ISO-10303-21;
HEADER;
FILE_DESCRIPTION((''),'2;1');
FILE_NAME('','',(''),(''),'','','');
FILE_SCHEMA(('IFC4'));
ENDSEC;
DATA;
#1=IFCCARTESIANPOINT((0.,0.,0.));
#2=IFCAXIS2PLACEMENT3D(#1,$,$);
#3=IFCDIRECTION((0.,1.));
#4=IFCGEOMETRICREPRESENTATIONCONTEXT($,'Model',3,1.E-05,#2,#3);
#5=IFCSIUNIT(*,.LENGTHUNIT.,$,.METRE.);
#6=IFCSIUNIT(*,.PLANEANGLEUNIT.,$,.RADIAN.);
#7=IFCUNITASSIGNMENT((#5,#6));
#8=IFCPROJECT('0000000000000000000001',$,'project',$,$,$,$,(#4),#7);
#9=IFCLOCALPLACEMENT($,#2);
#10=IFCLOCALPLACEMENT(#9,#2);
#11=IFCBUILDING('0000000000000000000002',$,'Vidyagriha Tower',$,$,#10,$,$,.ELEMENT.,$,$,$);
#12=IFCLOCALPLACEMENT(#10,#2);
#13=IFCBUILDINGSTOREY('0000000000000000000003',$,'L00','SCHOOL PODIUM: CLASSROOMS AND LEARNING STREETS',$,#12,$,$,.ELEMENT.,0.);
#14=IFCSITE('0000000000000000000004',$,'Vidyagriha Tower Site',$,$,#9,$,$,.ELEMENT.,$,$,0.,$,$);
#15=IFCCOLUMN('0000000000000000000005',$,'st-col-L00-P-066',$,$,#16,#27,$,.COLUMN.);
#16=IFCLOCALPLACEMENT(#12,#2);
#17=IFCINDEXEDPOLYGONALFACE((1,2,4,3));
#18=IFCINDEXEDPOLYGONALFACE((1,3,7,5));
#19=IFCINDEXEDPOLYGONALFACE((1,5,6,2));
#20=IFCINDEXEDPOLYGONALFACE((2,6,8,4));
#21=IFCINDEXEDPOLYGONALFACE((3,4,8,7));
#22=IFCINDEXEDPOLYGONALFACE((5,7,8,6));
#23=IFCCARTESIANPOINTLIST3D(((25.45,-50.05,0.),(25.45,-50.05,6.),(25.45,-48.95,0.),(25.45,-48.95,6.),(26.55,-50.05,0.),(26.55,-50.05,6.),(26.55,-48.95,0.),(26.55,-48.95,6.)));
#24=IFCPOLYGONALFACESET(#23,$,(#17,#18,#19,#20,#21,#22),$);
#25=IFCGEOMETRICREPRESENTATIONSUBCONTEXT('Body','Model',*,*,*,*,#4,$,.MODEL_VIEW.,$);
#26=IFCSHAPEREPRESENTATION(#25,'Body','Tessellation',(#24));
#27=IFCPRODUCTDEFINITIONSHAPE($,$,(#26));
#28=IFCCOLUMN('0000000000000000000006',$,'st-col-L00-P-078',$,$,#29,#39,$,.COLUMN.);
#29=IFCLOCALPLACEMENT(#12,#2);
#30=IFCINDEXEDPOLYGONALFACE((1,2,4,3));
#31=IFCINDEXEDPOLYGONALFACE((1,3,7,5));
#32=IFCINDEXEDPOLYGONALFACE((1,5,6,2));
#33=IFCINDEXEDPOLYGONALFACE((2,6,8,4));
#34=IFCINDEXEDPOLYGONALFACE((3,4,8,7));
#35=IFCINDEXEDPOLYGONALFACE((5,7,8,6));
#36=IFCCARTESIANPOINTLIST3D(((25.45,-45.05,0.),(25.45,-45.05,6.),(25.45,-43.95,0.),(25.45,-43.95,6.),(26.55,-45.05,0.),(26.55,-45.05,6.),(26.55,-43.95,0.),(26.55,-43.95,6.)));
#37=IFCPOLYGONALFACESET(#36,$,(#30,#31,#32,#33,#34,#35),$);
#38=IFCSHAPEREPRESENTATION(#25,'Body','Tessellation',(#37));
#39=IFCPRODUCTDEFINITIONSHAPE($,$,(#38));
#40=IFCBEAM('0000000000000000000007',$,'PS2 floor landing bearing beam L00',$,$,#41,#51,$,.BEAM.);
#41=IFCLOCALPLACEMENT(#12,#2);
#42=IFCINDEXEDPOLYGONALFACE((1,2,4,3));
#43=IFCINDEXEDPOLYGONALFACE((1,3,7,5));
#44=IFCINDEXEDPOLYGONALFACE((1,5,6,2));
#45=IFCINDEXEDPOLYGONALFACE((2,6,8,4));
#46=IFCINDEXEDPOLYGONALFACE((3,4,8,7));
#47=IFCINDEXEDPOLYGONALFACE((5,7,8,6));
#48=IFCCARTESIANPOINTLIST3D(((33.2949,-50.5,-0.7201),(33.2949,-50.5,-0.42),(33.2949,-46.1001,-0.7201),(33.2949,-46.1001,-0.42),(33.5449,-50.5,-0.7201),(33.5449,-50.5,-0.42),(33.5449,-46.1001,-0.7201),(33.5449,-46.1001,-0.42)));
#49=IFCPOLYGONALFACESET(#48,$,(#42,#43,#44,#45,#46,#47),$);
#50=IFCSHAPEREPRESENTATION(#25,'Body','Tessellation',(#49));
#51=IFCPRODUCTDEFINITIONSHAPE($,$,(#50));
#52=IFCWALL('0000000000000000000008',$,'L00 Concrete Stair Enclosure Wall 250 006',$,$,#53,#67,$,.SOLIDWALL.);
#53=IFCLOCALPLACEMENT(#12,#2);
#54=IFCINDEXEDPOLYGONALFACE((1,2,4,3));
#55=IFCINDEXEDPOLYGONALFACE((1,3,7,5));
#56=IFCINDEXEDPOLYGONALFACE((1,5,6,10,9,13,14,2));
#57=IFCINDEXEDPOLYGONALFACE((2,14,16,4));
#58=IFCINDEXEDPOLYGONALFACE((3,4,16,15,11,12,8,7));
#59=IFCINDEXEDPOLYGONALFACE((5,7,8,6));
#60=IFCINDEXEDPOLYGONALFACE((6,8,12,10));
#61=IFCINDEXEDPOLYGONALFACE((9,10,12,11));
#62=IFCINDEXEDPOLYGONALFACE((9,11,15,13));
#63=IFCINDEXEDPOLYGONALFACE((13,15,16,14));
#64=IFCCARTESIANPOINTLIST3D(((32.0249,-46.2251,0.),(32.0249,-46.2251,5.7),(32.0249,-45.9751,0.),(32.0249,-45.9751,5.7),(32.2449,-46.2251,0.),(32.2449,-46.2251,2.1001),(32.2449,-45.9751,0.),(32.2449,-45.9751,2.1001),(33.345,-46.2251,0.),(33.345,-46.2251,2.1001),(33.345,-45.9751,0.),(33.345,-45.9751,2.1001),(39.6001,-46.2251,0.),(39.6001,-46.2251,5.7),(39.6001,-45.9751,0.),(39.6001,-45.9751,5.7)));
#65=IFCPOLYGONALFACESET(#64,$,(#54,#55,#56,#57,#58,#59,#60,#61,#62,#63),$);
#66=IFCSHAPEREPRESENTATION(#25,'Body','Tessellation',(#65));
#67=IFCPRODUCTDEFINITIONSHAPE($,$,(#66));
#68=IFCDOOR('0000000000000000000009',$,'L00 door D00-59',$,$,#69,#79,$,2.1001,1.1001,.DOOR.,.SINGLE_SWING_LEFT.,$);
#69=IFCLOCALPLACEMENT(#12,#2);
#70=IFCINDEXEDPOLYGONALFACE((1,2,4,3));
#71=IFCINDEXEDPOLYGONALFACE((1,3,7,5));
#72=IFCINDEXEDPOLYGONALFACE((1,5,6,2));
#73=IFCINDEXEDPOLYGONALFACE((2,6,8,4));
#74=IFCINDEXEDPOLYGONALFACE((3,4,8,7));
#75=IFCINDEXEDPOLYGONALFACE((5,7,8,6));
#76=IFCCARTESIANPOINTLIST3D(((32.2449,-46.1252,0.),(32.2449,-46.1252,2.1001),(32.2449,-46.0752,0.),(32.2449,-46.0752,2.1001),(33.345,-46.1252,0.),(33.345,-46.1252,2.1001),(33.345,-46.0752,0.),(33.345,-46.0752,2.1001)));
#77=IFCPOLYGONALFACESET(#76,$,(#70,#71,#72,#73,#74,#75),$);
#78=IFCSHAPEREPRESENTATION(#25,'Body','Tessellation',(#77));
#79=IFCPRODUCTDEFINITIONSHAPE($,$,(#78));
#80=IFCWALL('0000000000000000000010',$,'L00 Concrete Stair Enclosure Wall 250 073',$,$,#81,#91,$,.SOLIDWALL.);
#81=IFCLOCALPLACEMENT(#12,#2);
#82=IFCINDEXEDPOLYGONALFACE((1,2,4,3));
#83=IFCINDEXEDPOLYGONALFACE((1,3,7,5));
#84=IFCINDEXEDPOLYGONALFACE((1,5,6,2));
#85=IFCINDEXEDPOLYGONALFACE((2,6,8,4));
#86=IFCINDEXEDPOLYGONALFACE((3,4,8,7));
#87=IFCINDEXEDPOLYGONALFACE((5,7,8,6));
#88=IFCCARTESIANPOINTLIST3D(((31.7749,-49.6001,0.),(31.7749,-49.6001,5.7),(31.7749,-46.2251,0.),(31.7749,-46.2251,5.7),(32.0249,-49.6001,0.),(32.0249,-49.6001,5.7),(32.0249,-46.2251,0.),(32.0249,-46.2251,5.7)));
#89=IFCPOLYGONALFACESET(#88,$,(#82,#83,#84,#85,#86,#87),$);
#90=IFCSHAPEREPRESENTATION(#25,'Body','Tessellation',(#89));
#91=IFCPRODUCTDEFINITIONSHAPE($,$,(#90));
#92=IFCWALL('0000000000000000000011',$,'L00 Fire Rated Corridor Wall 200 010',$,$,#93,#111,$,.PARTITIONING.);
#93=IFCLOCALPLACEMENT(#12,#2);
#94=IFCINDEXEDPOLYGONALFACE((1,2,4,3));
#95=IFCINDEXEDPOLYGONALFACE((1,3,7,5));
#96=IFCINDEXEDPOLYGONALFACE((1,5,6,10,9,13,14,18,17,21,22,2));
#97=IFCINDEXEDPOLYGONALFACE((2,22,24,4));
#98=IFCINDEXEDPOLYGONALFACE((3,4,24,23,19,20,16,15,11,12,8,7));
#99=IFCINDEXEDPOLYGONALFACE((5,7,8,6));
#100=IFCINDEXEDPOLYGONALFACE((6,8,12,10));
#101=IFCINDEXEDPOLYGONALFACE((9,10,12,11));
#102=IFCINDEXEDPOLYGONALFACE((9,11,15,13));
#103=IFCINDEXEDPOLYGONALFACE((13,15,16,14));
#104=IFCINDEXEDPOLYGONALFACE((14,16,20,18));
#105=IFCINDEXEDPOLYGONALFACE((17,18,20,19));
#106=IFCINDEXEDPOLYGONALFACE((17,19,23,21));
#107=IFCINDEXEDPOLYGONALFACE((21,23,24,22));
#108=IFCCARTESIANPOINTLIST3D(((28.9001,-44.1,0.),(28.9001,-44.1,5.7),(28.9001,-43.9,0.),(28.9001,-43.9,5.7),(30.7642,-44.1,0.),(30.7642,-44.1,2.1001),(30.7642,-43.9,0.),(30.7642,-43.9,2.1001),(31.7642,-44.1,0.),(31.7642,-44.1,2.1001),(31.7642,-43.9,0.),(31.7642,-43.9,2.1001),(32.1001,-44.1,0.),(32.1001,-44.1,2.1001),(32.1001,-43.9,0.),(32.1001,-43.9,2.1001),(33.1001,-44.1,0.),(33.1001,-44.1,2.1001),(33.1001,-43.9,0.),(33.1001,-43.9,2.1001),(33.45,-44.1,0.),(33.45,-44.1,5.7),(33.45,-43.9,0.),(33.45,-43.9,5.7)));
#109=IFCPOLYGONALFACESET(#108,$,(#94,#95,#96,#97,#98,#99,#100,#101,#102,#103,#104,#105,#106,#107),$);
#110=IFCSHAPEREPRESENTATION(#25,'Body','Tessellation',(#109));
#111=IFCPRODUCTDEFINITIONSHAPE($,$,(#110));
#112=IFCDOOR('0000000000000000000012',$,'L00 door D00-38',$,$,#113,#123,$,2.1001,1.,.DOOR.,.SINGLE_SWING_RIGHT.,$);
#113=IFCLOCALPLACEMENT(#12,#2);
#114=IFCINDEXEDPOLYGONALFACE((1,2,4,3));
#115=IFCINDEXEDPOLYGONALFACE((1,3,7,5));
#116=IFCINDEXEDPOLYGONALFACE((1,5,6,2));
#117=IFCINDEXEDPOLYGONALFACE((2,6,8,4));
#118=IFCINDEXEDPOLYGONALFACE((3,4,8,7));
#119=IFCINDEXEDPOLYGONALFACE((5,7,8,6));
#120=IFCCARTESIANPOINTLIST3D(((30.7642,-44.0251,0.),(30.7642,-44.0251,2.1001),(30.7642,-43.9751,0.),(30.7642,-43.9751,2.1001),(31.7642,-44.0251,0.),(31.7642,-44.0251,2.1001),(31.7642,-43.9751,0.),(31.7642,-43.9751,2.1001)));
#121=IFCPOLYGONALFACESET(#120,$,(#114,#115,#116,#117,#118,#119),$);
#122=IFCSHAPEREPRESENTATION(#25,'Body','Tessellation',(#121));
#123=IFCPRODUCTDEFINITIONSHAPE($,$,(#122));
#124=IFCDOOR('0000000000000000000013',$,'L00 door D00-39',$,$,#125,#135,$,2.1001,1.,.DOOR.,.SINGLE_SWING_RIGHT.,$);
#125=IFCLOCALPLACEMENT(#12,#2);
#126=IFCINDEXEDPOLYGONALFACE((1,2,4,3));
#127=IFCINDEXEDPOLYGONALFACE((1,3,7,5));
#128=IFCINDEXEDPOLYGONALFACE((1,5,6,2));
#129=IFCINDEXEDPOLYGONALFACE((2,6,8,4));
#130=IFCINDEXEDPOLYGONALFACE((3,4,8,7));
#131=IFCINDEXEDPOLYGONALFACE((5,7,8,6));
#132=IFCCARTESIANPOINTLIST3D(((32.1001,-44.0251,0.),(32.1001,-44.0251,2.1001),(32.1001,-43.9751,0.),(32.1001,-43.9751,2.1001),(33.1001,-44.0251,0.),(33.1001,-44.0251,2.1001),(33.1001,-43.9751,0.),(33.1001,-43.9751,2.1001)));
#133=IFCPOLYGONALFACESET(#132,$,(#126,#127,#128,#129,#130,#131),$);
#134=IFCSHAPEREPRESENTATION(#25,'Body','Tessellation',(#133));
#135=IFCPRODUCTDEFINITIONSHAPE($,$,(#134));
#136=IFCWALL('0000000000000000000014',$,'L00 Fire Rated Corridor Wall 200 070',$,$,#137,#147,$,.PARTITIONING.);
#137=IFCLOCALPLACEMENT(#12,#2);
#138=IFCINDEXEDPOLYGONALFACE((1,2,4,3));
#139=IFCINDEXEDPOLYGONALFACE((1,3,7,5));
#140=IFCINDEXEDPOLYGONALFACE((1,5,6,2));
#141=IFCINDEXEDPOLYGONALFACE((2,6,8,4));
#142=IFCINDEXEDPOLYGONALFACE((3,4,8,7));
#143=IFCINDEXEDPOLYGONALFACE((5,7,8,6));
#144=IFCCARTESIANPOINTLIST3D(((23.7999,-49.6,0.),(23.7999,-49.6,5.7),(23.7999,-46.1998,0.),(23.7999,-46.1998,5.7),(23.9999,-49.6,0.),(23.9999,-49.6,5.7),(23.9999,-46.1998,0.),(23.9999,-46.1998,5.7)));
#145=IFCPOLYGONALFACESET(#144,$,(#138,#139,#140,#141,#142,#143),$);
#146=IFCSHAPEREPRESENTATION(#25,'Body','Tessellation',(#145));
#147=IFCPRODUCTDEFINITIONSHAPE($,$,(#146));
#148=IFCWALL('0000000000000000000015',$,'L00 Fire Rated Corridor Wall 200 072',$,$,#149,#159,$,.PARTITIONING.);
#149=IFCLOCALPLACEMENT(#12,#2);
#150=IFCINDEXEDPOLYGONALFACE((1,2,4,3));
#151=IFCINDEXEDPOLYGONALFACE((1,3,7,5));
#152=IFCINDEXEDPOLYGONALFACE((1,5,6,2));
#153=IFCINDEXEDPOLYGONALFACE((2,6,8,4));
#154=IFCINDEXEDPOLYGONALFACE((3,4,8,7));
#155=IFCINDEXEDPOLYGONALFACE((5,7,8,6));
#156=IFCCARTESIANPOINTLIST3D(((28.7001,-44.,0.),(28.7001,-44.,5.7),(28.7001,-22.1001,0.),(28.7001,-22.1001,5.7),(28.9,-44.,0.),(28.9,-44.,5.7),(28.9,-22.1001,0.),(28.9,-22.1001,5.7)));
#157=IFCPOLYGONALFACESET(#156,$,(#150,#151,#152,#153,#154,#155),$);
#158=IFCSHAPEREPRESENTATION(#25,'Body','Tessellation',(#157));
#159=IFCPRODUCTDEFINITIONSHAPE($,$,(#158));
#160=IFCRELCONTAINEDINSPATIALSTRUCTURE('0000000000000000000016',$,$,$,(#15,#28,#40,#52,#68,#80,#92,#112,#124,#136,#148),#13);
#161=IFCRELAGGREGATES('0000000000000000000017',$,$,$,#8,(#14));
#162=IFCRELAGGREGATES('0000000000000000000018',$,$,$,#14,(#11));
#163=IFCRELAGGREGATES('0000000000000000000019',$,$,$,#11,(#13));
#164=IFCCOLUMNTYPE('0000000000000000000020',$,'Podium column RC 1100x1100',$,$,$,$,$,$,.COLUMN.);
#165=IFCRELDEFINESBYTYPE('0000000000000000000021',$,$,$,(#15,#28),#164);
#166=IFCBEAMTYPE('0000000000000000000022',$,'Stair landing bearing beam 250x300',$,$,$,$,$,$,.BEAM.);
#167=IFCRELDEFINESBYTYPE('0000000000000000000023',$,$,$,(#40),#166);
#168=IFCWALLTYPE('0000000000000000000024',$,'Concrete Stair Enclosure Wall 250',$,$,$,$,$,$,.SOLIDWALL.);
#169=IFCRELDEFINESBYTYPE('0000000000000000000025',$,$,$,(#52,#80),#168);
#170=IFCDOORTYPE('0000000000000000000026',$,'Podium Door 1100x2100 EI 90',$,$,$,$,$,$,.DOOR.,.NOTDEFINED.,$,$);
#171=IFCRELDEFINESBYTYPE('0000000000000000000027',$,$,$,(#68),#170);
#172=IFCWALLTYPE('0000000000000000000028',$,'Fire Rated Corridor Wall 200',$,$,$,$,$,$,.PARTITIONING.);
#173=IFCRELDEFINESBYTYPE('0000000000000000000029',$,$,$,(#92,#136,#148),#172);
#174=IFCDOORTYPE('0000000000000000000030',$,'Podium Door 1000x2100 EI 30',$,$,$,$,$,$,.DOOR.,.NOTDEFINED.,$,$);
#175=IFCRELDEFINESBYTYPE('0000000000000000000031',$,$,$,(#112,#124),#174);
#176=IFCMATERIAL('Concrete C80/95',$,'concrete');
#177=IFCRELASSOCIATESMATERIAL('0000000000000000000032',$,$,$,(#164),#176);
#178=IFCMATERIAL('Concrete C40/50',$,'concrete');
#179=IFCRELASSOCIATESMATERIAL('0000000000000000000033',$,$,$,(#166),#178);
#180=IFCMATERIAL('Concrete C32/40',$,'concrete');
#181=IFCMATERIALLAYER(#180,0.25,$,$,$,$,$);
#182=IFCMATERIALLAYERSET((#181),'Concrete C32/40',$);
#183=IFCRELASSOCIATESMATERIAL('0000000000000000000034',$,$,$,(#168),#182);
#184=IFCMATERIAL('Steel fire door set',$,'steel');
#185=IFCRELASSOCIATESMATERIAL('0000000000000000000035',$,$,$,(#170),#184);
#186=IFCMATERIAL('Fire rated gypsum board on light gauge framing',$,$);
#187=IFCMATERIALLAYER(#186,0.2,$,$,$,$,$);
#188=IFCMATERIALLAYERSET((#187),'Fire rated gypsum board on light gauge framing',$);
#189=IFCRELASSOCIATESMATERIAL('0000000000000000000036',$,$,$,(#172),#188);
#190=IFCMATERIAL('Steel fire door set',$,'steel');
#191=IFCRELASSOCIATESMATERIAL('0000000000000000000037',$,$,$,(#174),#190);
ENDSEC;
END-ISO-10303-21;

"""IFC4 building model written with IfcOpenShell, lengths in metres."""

from ifc_helpers import new_model, si_unit, direction, frame, frame_2d, origin, origin_2d, place, context, subcontext, project, spatial, rectangle, extrude, material, layer, layer_set, material_profile, profile_set, type_object, element, fill, save


model = new_model("IFC4")

# Units and contexts
model_context = context("Model", 3, precision=1e-05, world=origin(), true_north=direction((0.0, 1.0)))
body_context = subcontext(model_context, "Body", "Model", "MODEL_VIEW")
ifc_project = project(units=[si_unit("LENGTHUNIT", "METRE"), si_unit("PLANEANGLEUNIT", "RADIAN")], contexts=[model_context])

# Site, building, storey
site_placement = place(None, origin())
site = spatial("IfcSite", under=ifc_project, at=site_placement, Name="Vidyagriha Tower Site", CompositionType="ELEMENT", RefElevation=0.0)
building_placement = place(site_placement, origin())
building = spatial("IfcBuilding", under=site, at=building_placement, Name="Vidyagriha Tower", CompositionType="ELEMENT")
storey_placement = place(building_placement, origin())
storey = spatial("IfcBuildingStorey", under=building, at=storey_placement, Name="L00", Description="SCHOOL PODIUM: CLASSROOMS AND LEARNING STREETS", CompositionType="ELEMENT", Elevation=0.0)

# Columns
ifc_material_1 = material(Name="Concrete C80/95", Category="concrete")
ifc_material_profile_1 = material_profile(ifc_material_1, rectangle(XDim=1.1001, YDim=1.1001, at=origin_2d()), Name="RC 1100x1100")
ifc_profile_set_1 = profile_set([ifc_material_profile_1], Name="Concrete C80/95")
column_type = type_object("IfcColumnType", Name="Podium column RC 1100x1100", PredefinedType="COLUMN", material=ifc_profile_set_1)
for number, where, name in (
    (1, (26.0, -49.5, 0.0), "st-col-L00-P-066"),
    (2, (26.0, -44.5, 0.0), "st-col-L00-P-078"),
):
    element("IfcColumn", number, at=place(storey_placement, frame(where)), inside=storey, type_object=column_type, Name=name, PredefinedType="COLUMN", context=body_context, shape_type="SweptSolid", body=[
        extrude(rectangle(XDim=1.1001, YDim=1.1001, at=origin_2d()), origin(), (0.0, 0.0, 1.0), 6.0),
    ])

# Beam
ifc_material_2 = material(Name="Concrete C40/50", Category="concrete")
ifc_material_profile_2 = material_profile(ifc_material_2, rectangle(XDim=0.25, YDim=0.3, at=origin_2d()), Name="Stair landing bearing beam 250x300")
ifc_profile_set_2 = profile_set([ifc_material_profile_2], Name="Concrete C40/50")
beam_type = type_object("IfcBeamType", Name="Stair landing bearing beam 250x300", PredefinedType="BEAM", material=ifc_profile_set_2)
beam_placement = place(storey_placement, frame((33.4199, -50.5, -0.5701), z_axis=(0.0, 1.0, 0.0), x_axis=(-1.0, 0.0, 0.0)))
element("IfcBeam", 3, at=beam_placement, inside=storey, type_object=beam_type, Name="PS2 floor landing bearing beam L00", PredefinedType="BEAM", context=body_context, shape_type="SweptSolid", body=[
    extrude(rectangle(XDim=0.25, YDim=0.3, at=origin_2d()), origin(), (0.0, 0.0, 1.0), 4.3999),
])

# Wall, opening, door
ifc_material_3 = material(Name="Concrete C32/40", Category="concrete")
ifc_layer_1 = layer(ifc_material_3, 0.25)
ifc_layer_set_1 = layer_set([ifc_layer_1], Name="Concrete C32/40")
wall_type_1 = type_object("IfcWallType", Name="Concrete Stair Enclosure Wall 250", PredefinedType="SOLIDWALL", material=ifc_layer_set_1)
wall_1_placement = place(storey_placement, frame((32.0249, -46.1001, 0.0)))
wall_1 = element("IfcWall", 4, at=wall_1_placement, inside=storey, type_object=wall_type_1, Name="L00 Concrete Stair Enclosure Wall 250 006", PredefinedType="SOLIDWALL", context=body_context, shape_type="SweptSolid", body=[
    extrude(rectangle(XDim=7.5752, YDim=0.25, at=frame_2d((3.7876, 0.0))), origin(), (0.0, 0.0, 1.0), 5.7),
])
opening_1_placement = place(wall_1_placement, frame((0.22, 0.0, 0.0)))
opening_1 = element("IfcOpeningElement", 5, at=opening_1_placement, cuts=wall_1, PredefinedType="OPENING", context=body_context, shape_type="SweptSolid", body=[
    extrude(rectangle(XDim=1.1001, YDim=2.1001, at=frame_2d((0.55, 1.05))), frame((0.0, 0.135, 0.0), z_axis=(0.0, -1.0, 0.0), x_axis=(1.0, 0.0, 0.0)), (0.0, 0.0, 1.0), 0.27),
])
ifc_material_4 = material(Name="Steel fire door set", Category="steel")
door_type_1 = type_object("IfcDoorType", Name="Podium Door 1100x2100 EI 90", OperationType="NOTDEFINED", PredefinedType="DOOR", material=ifc_material_4)
door_1_placement = place(opening_1_placement, origin())
door_1 = element("IfcDoor", 6, at=door_1_placement, inside=storey, type_object=door_type_1, Name="L00 door D00-59", OperationType="SINGLE_SWING_LEFT", OverallHeight=2.1001, OverallWidth=1.1001, PredefinedType="DOOR", context=body_context, shape_type="SweptSolid", body=[
    extrude(rectangle(XDim=1.1001, YDim=2.1001, at=frame_2d((0.55, 1.05))), frame((0.0, 0.0249, 0.0), z_axis=(0.0, -1.0, 0.0), x_axis=(1.0, 0.0, 0.0)), (0.0, 0.0, 1.0), 0.05),
])
fill(opening_1, door_1)

# Wall
wall_2_placement = place(storey_placement, frame((31.8999, -49.6001, 0.0), z_axis=(0.0, 0.0, 1.0), x_axis=(0.0, 1.0, 0.0)))
element("IfcWall", 7, at=wall_2_placement, inside=storey, type_object=wall_type_1, Name="L00 Concrete Stair Enclosure Wall 250 073", PredefinedType="SOLIDWALL", context=body_context, shape_type="SweptSolid", body=[
    extrude(rectangle(XDim=3.375, YDim=0.25, at=frame_2d((1.6875, 0.0))), origin(), (0.0, 0.0, 1.0), 5.7),
])

# Wall, openings, doors
ifc_material_5 = material(Name="Fire rated gypsum board on light gauge framing")
ifc_layer_2 = layer(ifc_material_5, 0.2)
ifc_layer_set_2 = layer_set([ifc_layer_2], Name="Fire rated gypsum board on light gauge framing")
wall_type_2 = type_object("IfcWallType", Name="Fire Rated Corridor Wall 200", PredefinedType="PARTITIONING", material=ifc_layer_set_2)
wall_3_placement = place(storey_placement, frame((28.9001, -44.0, 0.0)))
wall_3 = element("IfcWall", 8, at=wall_3_placement, inside=storey, type_object=wall_type_2, Name="L00 Fire Rated Corridor Wall 200 010", PredefinedType="PARTITIONING", context=body_context, shape_type="SweptSolid", body=[
    extrude(rectangle(XDim=4.5498, YDim=0.2, at=frame_2d((2.2749, 0.0))), origin(), (0.0, 0.0, 1.0), 5.7),
])
opening_2_placement = place(wall_3_placement, frame((1.864, 0.0, 0.0)))
opening_2 = element("IfcOpeningElement", 9, at=opening_2_placement, cuts=wall_3, PredefinedType="OPENING", context=body_context, shape_type="SweptSolid", body=[
    extrude(rectangle(XDim=1.0, YDim=2.1001, at=frame_2d((0.5, 1.05))), frame((0.0, 0.1099, 0.0), z_axis=(0.0, -1.0, 0.0), x_axis=(1.0, 0.0, 0.0)), (0.0, 0.0, 1.0), 0.22),
])
opening_3_placement = place(wall_3_placement, frame((3.2, 0.0, 0.0)))
opening_3 = element("IfcOpeningElement", 10, at=opening_3_placement, cuts=wall_3, PredefinedType="OPENING", context=body_context, shape_type="SweptSolid", body=[
    extrude(rectangle(XDim=1.0, YDim=2.1001, at=frame_2d((0.5, 1.05))), frame((0.0, 0.1099, 0.0), z_axis=(0.0, -1.0, 0.0), x_axis=(1.0, 0.0, 0.0)), (0.0, 0.0, 1.0), 0.22),
])
ifc_material_6 = material(Name="Steel fire door set", Category="steel")
door_type_2 = type_object("IfcDoorType", Name="Podium Door 1000x2100 EI 30", OperationType="NOTDEFINED", PredefinedType="DOOR", material=ifc_material_6)
door_2_placement = place(opening_2_placement, origin())
door_2 = element("IfcDoor", 11, at=door_2_placement, inside=storey, type_object=door_type_2, Name="L00 door D00-38", OperationType="SINGLE_SWING_RIGHT", OverallHeight=2.1001, OverallWidth=1.0, PredefinedType="DOOR", context=body_context, shape_type="SweptSolid", body=[
    extrude(rectangle(XDim=1.0, YDim=2.1001, at=frame_2d((0.5, 1.05))), frame((0.0, 0.0249, 0.0), z_axis=(0.0, -1.0, 0.0), x_axis=(1.0, 0.0, 0.0)), (0.0, 0.0, 1.0), 0.05),
])
fill(opening_2, door_2)
door_3_placement = place(opening_3_placement, origin())
door_3 = element("IfcDoor", 12, at=door_3_placement, inside=storey, type_object=door_type_2, Name="L00 door D00-39", OperationType="SINGLE_SWING_RIGHT", OverallHeight=2.1001, OverallWidth=1.0, PredefinedType="DOOR", context=body_context, shape_type="SweptSolid", body=[
    extrude(rectangle(XDim=1.0, YDim=2.1001, at=frame_2d((0.5, 1.05))), frame((0.0, 0.0249, 0.0), z_axis=(0.0, -1.0, 0.0), x_axis=(1.0, 0.0, 0.0)), (0.0, 0.0, 1.0), 0.05),
])
fill(opening_3, door_3)

# Walls
wall_4_placement = place(storey_placement, frame((23.8999, -49.6001, 0.0), z_axis=(0.0, 0.0, 1.0), x_axis=(0.0, 1.0, 0.0)))
element("IfcWall", 13, at=wall_4_placement, inside=storey, type_object=wall_type_2, Name="L00 Fire Rated Corridor Wall 200 070", PredefinedType="PARTITIONING", context=body_context, shape_type="SweptSolid", body=[
    extrude(rectangle(XDim=3.4001, YDim=0.2, at=frame_2d((1.7002, 0.0))), origin(), (0.0, 0.0, 1.0), 5.7),
])
wall_5_placement = place(storey_placement, frame((28.8, -44.0, 0.0), z_axis=(0.0, 0.0, 1.0), x_axis=(0.0, 1.0, 0.0)))
element("IfcWall", 14, at=wall_5_placement, inside=storey, type_object=wall_type_2, Name="L00 Fire Rated Corridor Wall 200 072", PredefinedType="PARTITIONING", context=body_context, shape_type="SweptSolid", body=[
    extrude(rectangle(XDim=21.8999, YDim=0.2, at=frame_2d((10.95, 0.0))), origin(), (0.0, 0.0, 1.0), 5.7),
])

save(model, "model.ifc")
